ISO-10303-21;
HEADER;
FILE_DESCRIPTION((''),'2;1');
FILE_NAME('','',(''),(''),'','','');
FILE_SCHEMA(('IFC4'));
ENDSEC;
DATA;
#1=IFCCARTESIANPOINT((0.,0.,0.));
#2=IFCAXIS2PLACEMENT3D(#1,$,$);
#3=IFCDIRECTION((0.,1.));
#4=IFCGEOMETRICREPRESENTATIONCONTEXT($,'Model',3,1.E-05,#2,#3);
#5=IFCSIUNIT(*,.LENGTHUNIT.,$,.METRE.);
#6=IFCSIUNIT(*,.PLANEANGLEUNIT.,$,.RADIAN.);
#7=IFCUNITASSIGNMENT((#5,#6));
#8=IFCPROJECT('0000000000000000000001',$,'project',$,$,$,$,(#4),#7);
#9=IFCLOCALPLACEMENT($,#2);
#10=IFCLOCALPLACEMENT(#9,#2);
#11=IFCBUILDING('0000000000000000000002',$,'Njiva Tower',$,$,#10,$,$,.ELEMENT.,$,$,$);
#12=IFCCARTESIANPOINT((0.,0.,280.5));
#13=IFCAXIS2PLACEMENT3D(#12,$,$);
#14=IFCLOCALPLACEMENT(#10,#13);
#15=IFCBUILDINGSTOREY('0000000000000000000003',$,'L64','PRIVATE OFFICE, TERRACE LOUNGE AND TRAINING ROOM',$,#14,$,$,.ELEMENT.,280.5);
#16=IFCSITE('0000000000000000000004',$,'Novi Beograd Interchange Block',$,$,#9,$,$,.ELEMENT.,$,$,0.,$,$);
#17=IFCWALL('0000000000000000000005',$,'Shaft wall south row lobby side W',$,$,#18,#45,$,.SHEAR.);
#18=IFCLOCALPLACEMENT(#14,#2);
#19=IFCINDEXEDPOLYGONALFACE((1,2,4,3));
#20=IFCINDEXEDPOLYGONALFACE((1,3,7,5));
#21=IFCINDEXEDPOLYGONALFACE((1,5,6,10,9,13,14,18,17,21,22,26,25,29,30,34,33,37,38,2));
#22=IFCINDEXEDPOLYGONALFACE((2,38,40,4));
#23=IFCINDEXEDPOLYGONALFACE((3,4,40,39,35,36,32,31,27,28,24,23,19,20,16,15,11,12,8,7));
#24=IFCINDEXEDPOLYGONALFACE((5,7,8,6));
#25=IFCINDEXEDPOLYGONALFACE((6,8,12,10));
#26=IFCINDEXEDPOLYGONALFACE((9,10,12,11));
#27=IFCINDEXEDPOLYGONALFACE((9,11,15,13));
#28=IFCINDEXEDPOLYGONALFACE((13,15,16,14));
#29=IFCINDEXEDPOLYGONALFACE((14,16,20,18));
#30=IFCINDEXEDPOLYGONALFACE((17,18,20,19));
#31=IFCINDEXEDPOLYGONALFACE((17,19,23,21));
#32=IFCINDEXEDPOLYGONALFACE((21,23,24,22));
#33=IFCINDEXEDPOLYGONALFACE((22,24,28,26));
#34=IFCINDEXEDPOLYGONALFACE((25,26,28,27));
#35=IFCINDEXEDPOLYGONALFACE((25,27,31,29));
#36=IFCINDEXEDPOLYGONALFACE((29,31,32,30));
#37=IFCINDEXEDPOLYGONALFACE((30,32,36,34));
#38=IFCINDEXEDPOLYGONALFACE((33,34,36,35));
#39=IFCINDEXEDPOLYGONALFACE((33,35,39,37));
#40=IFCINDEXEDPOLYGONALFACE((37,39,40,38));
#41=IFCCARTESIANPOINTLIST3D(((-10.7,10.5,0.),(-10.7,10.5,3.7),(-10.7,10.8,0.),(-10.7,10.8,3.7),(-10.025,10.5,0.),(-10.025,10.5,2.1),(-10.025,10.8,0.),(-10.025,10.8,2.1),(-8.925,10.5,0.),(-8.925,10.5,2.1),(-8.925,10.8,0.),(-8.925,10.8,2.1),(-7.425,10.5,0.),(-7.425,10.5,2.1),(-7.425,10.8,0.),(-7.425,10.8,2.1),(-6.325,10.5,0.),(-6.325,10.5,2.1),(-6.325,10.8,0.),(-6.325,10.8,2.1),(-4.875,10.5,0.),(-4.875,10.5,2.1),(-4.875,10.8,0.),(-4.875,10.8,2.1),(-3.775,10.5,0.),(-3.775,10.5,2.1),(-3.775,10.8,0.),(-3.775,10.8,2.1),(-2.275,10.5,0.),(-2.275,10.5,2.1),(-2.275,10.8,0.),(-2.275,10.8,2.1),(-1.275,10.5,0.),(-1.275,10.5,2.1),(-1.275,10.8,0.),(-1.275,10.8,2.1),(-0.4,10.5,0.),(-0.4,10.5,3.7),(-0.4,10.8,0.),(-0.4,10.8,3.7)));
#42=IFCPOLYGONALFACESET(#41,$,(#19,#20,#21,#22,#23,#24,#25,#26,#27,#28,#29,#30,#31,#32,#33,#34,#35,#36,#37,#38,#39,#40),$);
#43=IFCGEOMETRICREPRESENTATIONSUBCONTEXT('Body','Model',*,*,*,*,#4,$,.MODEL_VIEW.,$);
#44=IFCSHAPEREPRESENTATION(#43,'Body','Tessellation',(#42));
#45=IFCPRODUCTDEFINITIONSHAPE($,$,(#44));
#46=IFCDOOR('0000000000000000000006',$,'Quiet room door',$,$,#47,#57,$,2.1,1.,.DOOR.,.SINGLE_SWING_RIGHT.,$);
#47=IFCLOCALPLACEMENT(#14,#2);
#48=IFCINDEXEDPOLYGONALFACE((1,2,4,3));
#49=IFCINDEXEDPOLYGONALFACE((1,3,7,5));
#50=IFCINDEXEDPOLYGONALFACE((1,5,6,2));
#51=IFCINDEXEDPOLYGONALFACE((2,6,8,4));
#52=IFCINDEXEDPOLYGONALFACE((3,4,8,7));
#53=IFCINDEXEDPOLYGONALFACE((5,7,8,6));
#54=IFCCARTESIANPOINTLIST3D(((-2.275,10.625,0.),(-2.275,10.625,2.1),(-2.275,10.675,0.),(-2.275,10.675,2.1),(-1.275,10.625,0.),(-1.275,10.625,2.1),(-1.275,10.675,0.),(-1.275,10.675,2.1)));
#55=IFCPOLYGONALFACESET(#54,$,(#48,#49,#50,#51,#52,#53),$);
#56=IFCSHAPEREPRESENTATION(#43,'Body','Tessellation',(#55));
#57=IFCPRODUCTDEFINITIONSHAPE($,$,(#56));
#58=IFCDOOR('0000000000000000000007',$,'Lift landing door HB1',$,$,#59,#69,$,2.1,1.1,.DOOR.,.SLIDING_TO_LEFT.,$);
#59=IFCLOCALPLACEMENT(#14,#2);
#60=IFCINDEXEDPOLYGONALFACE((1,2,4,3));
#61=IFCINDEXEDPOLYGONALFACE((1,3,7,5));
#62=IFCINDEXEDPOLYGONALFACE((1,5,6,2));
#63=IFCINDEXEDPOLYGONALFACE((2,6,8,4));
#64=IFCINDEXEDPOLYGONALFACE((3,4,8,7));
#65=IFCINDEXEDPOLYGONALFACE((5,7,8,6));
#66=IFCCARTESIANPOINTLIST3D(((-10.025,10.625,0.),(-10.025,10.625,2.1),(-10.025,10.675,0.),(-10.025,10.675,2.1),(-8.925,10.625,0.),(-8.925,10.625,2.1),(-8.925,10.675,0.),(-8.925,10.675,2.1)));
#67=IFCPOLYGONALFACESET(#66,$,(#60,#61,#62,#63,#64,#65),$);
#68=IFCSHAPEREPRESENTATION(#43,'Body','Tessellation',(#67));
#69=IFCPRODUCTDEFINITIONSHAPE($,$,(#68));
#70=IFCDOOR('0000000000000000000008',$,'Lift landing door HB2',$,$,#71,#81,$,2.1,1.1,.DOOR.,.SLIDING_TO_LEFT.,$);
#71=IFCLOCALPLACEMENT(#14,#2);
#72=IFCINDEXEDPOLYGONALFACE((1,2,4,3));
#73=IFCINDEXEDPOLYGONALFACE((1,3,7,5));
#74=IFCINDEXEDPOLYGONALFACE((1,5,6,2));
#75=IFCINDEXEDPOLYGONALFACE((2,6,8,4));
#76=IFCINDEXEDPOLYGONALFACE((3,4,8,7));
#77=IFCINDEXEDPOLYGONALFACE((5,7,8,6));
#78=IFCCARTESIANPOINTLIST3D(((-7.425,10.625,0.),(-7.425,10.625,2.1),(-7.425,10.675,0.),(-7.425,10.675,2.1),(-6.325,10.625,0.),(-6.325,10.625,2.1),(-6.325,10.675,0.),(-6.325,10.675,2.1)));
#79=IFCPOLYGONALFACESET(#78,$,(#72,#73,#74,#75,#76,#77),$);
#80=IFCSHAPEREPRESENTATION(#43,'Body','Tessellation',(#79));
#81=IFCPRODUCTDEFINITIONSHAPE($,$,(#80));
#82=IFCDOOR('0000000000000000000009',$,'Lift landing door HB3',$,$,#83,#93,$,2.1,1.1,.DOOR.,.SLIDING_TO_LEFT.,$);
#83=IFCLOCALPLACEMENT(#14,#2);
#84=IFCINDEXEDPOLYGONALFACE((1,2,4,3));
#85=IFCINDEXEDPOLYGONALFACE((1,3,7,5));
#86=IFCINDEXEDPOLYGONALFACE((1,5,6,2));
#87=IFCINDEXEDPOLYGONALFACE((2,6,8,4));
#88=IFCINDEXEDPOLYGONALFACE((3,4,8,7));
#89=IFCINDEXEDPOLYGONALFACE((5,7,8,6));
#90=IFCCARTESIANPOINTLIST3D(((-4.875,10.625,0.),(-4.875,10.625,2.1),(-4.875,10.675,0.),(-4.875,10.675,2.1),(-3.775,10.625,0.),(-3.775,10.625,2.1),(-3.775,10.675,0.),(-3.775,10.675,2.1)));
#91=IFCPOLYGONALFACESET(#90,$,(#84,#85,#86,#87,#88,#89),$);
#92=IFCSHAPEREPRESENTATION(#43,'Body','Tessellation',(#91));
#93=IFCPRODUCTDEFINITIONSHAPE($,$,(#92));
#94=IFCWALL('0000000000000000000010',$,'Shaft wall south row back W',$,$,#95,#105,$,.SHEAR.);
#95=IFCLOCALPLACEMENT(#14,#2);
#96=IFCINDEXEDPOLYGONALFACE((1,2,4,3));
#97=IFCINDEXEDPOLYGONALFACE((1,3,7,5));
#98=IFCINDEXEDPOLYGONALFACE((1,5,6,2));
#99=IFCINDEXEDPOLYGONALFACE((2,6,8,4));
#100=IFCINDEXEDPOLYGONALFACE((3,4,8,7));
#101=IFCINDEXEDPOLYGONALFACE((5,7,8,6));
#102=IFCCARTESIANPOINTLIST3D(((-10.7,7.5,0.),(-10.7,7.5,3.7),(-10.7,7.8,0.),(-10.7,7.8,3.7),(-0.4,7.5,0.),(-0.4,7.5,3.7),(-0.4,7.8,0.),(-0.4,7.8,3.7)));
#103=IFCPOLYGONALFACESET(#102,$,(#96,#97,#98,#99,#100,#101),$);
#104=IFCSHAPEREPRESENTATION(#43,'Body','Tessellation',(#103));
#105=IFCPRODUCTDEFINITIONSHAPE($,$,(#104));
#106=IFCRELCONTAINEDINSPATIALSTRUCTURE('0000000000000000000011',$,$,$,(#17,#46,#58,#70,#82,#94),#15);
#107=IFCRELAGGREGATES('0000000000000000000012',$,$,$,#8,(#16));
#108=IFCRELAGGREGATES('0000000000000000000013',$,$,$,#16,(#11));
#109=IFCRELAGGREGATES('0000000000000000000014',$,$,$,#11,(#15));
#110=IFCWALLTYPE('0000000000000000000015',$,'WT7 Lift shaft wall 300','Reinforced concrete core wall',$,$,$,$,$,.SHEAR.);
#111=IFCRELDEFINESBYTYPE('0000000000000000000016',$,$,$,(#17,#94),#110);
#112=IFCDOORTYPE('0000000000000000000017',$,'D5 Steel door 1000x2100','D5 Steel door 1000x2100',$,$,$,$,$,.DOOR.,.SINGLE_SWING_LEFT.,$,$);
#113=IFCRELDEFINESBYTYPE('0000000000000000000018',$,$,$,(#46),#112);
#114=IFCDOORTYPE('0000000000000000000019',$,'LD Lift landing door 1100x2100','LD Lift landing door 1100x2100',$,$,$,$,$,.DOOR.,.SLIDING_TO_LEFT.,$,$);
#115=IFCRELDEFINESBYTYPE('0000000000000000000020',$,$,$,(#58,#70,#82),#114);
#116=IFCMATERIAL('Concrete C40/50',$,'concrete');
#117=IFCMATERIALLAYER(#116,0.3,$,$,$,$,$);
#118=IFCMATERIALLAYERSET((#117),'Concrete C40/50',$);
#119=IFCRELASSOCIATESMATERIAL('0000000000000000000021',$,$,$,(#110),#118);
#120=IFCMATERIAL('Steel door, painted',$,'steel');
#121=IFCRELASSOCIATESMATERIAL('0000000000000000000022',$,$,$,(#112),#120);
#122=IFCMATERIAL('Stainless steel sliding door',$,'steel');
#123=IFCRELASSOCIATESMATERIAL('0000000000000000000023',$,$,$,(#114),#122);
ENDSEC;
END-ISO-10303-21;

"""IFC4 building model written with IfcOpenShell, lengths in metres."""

from ifc_helpers import new_model, si_unit, direction, frame, frame_2d, origin, place, context, subcontext, project, spatial, rectangle, extrude, material, layer, layer_set, type_object, element, fill, save


model = new_model("IFC4")

# Units and contexts
model_context = context("Model", 3, precision=1e-05, world=origin(), true_north=direction((0.0, 1.0)))
body_context = subcontext(model_context, "Body", "Model", "MODEL_VIEW")
ifc_project = project(units=[si_unit("LENGTHUNIT", "METRE"), si_unit("PLANEANGLEUNIT", "RADIAN")], contexts=[model_context])

# Site, building, storey
site_placement = place(None, origin())
site = spatial("IfcSite", under=ifc_project, at=site_placement, Name="Novi Beograd Interchange Block", CompositionType="ELEMENT", RefElevation=0.0)
building_placement = place(site_placement, origin())
building = spatial("IfcBuilding", under=site, at=building_placement, Name="Njiva Tower", CompositionType="ELEMENT")
storey_placement = place(building_placement, frame((0.0, 0.0, 280.5)))
storey = spatial("IfcBuildingStorey", under=building, at=storey_placement, Name="L64", Description="PRIVATE OFFICE, TERRACE LOUNGE AND TRAINING ROOM", CompositionType="ELEMENT", Elevation=280.5)

# Shared definitions
ifc_material_1 = material(Name="Concrete C40/50", Category="concrete")
ifc_material_2 = material(Name="Steel door, painted", Category="steel")

# Wall, openings, doors
ifc_layer_1 = layer(ifc_material_1, 0.3)
ifc_layer_set_1 = layer_set([ifc_layer_1], Name="Concrete C40/50")
wall_type_1 = type_object("IfcWallType", Name="WT7 Lift shaft wall 300", Description="Reinforced concrete core wall", PredefinedType="SHEAR", material=ifc_layer_set_1)
wall_1_placement = place(storey_placement, frame((-10.7, 10.65, 0.0), z_axis=(0.0, 0.0, 1.0), x_axis=(1.0, 0.0, 0.0)))
wall_1 = element("IfcWall", 1, at=wall_1_placement, inside=storey, type_object=wall_type_1, Name="Shaft wall south row lobby side W", PredefinedType="SHEAR", context=body_context, shape_type="SweptSolid", body=[
    extrude(rectangle(XDim=10.3, YDim=0.3, at=frame_2d((5.15, 0.0))), origin(), (0.0, 0.0, 1.0), 3.7),
])
opening_1_placement = place(wall_1_placement, frame((0.675, 0.0, 0.0)))
opening_1 = element("IfcOpeningElement", 2, at=opening_1_placement, cuts=wall_1, PredefinedType="OPENING", context=body_context, shape_type="SweptSolid", body=[
    extrude(rectangle(XDim=1.1, YDim=2.1, at=frame_2d((0.55, 1.05))), frame((0.0, 0.16, 0.0), z_axis=(0.0, -1.0, 0.0), x_axis=(1.0, 0.0, 0.0)), (0.0, 0.0, 1.0), 0.32),
])
opening_2_placement = place(wall_1_placement, frame((3.275, 0.0, 0.0)))
opening_2 = element("IfcOpeningElement", 3, at=opening_2_placement, cuts=wall_1, PredefinedType="OPENING", context=body_context, shape_type="SweptSolid", body=[
    extrude(rectangle(XDim=1.1, YDim=2.1, at=frame_2d((0.55, 1.05))), frame((0.0, 0.16, 0.0), z_axis=(0.0, -1.0, 0.0), x_axis=(1.0, 0.0, 0.0)), (0.0, 0.0, 1.0), 0.32),
])
opening_3_placement = place(wall_1_placement, frame((5.825, 0.0, 0.0)))
opening_3 = element("IfcOpeningElement", 4, at=opening_3_placement, cuts=wall_1, PredefinedType="OPENING", context=body_context, shape_type="SweptSolid", body=[
    extrude(rectangle(XDim=1.1, YDim=2.1, at=frame_2d((0.55, 1.05))), frame((0.0, 0.16, 0.0), z_axis=(0.0, -1.0, 0.0), x_axis=(1.0, 0.0, 0.0)), (0.0, 0.0, 1.0), 0.32),
])
opening_4_placement = place(wall_1_placement, frame((8.425, 0.0, 0.0)))
opening_4 = element("IfcOpeningElement", 5, at=opening_4_placement, cuts=wall_1, PredefinedType="OPENING", context=body_context, shape_type="SweptSolid", body=[
    extrude(rectangle(XDim=1.0, YDim=2.1, at=frame_2d((0.5, 1.05))), frame((0.0, 0.16, 0.0), z_axis=(0.0, -1.0, 0.0), x_axis=(1.0, 0.0, 0.0)), (0.0, 0.0, 1.0), 0.32),
])
door_type_1 = type_object("IfcDoorType", Name="D5 Steel door 1000x2100", Description="D5 Steel door 1000x2100", OperationType="SINGLE_SWING_LEFT", PredefinedType="DOOR", material=ifc_material_2)
door_1_placement = place(opening_4_placement, origin())
door_1 = element("IfcDoor", 6, at=door_1_placement, inside=storey, type_object=door_type_1, Name="Quiet room door", OperationType="SINGLE_SWING_RIGHT", OverallHeight=2.1, OverallWidth=1.0, PredefinedType="DOOR", context=body_context, shape_type="SweptSolid", body=[
    extrude(rectangle(XDim=1.0, YDim=2.1, at=frame_2d((0.5, 1.05))), frame((0.0, 0.025, 0.0), z_axis=(0.0, -1.0, 0.0), x_axis=(1.0, 0.0, 0.0)), (0.0, 0.0, 1.0), 0.05),
])
fill(opening_4, door_1)
ifc_material_3 = material(Name="Stainless steel sliding door", Category="steel")
door_type_2 = type_object("IfcDoorType", Name="LD Lift landing door 1100x2100", Description="LD Lift landing door 1100x2100", OperationType="SLIDING_TO_LEFT", PredefinedType="DOOR", material=ifc_material_3)
door_2_placement = place(opening_1_placement, origin())
door_2 = element("IfcDoor", 7, at=door_2_placement, inside=storey, type_object=door_type_2, Name="Lift landing door HB1", OperationType="SLIDING_TO_LEFT", OverallHeight=2.1, OverallWidth=1.1, PredefinedType="DOOR", context=body_context, shape_type="SweptSolid", body=[
    extrude(rectangle(XDim=1.1, YDim=2.1, at=frame_2d((0.55, 1.05))), frame((0.0, 0.025, 0.0), z_axis=(0.0, -1.0, 0.0), x_axis=(1.0, 0.0, 0.0)), (0.0, 0.0, 1.0), 0.05),
])
fill(opening_1, door_2)
door_3_placement = place(opening_2_placement, origin())
door_3 = element("IfcDoor", 8, at=door_3_placement, inside=storey, type_object=door_type_2, Name="Lift landing door HB2", OperationType="SLIDING_TO_LEFT", OverallHeight=2.1, OverallWidth=1.1, PredefinedType="DOOR", context=body_context, shape_type="SweptSolid", body=[
    extrude(rectangle(XDim=1.1, YDim=2.1, at=frame_2d((0.55, 1.05))), frame((0.0, 0.025, 0.0), z_axis=(0.0, -1.0, 0.0), x_axis=(1.0, 0.0, 0.0)), (0.0, 0.0, 1.0), 0.05),
])
fill(opening_2, door_3)
door_4_placement = place(opening_3_placement, origin())
door_4 = element("IfcDoor", 9, at=door_4_placement, inside=storey, type_object=door_type_2, Name="Lift landing door HB3", OperationType="SLIDING_TO_LEFT", OverallHeight=2.1, OverallWidth=1.1, PredefinedType="DOOR", context=body_context, shape_type="SweptSolid", body=[
    extrude(rectangle(XDim=1.1, YDim=2.1, at=frame_2d((0.55, 1.05))), frame((0.0, 0.025, 0.0), z_axis=(0.0, -1.0, 0.0), x_axis=(1.0, 0.0, 0.0)), (0.0, 0.0, 1.0), 0.05),
])
fill(opening_3, door_4)

# Wall
wall_2_placement = place(storey_placement, frame((-10.7, 7.65, 0.0), z_axis=(0.0, 0.0, 1.0), x_axis=(1.0, 0.0, 0.0)))
element("IfcWall", 10, at=wall_2_placement, inside=storey, type_object=wall_type_1, Name="Shaft wall south row back W", PredefinedType="SHEAR", context=body_context, shape_type="SweptSolid", body=[
    extrude(rectangle(XDim=10.3, YDim=0.3, at=frame_2d((5.15, 0.0))), origin(), (0.0, 0.0, 1.0), 3.7),
])

save(model, "model.ifc")
